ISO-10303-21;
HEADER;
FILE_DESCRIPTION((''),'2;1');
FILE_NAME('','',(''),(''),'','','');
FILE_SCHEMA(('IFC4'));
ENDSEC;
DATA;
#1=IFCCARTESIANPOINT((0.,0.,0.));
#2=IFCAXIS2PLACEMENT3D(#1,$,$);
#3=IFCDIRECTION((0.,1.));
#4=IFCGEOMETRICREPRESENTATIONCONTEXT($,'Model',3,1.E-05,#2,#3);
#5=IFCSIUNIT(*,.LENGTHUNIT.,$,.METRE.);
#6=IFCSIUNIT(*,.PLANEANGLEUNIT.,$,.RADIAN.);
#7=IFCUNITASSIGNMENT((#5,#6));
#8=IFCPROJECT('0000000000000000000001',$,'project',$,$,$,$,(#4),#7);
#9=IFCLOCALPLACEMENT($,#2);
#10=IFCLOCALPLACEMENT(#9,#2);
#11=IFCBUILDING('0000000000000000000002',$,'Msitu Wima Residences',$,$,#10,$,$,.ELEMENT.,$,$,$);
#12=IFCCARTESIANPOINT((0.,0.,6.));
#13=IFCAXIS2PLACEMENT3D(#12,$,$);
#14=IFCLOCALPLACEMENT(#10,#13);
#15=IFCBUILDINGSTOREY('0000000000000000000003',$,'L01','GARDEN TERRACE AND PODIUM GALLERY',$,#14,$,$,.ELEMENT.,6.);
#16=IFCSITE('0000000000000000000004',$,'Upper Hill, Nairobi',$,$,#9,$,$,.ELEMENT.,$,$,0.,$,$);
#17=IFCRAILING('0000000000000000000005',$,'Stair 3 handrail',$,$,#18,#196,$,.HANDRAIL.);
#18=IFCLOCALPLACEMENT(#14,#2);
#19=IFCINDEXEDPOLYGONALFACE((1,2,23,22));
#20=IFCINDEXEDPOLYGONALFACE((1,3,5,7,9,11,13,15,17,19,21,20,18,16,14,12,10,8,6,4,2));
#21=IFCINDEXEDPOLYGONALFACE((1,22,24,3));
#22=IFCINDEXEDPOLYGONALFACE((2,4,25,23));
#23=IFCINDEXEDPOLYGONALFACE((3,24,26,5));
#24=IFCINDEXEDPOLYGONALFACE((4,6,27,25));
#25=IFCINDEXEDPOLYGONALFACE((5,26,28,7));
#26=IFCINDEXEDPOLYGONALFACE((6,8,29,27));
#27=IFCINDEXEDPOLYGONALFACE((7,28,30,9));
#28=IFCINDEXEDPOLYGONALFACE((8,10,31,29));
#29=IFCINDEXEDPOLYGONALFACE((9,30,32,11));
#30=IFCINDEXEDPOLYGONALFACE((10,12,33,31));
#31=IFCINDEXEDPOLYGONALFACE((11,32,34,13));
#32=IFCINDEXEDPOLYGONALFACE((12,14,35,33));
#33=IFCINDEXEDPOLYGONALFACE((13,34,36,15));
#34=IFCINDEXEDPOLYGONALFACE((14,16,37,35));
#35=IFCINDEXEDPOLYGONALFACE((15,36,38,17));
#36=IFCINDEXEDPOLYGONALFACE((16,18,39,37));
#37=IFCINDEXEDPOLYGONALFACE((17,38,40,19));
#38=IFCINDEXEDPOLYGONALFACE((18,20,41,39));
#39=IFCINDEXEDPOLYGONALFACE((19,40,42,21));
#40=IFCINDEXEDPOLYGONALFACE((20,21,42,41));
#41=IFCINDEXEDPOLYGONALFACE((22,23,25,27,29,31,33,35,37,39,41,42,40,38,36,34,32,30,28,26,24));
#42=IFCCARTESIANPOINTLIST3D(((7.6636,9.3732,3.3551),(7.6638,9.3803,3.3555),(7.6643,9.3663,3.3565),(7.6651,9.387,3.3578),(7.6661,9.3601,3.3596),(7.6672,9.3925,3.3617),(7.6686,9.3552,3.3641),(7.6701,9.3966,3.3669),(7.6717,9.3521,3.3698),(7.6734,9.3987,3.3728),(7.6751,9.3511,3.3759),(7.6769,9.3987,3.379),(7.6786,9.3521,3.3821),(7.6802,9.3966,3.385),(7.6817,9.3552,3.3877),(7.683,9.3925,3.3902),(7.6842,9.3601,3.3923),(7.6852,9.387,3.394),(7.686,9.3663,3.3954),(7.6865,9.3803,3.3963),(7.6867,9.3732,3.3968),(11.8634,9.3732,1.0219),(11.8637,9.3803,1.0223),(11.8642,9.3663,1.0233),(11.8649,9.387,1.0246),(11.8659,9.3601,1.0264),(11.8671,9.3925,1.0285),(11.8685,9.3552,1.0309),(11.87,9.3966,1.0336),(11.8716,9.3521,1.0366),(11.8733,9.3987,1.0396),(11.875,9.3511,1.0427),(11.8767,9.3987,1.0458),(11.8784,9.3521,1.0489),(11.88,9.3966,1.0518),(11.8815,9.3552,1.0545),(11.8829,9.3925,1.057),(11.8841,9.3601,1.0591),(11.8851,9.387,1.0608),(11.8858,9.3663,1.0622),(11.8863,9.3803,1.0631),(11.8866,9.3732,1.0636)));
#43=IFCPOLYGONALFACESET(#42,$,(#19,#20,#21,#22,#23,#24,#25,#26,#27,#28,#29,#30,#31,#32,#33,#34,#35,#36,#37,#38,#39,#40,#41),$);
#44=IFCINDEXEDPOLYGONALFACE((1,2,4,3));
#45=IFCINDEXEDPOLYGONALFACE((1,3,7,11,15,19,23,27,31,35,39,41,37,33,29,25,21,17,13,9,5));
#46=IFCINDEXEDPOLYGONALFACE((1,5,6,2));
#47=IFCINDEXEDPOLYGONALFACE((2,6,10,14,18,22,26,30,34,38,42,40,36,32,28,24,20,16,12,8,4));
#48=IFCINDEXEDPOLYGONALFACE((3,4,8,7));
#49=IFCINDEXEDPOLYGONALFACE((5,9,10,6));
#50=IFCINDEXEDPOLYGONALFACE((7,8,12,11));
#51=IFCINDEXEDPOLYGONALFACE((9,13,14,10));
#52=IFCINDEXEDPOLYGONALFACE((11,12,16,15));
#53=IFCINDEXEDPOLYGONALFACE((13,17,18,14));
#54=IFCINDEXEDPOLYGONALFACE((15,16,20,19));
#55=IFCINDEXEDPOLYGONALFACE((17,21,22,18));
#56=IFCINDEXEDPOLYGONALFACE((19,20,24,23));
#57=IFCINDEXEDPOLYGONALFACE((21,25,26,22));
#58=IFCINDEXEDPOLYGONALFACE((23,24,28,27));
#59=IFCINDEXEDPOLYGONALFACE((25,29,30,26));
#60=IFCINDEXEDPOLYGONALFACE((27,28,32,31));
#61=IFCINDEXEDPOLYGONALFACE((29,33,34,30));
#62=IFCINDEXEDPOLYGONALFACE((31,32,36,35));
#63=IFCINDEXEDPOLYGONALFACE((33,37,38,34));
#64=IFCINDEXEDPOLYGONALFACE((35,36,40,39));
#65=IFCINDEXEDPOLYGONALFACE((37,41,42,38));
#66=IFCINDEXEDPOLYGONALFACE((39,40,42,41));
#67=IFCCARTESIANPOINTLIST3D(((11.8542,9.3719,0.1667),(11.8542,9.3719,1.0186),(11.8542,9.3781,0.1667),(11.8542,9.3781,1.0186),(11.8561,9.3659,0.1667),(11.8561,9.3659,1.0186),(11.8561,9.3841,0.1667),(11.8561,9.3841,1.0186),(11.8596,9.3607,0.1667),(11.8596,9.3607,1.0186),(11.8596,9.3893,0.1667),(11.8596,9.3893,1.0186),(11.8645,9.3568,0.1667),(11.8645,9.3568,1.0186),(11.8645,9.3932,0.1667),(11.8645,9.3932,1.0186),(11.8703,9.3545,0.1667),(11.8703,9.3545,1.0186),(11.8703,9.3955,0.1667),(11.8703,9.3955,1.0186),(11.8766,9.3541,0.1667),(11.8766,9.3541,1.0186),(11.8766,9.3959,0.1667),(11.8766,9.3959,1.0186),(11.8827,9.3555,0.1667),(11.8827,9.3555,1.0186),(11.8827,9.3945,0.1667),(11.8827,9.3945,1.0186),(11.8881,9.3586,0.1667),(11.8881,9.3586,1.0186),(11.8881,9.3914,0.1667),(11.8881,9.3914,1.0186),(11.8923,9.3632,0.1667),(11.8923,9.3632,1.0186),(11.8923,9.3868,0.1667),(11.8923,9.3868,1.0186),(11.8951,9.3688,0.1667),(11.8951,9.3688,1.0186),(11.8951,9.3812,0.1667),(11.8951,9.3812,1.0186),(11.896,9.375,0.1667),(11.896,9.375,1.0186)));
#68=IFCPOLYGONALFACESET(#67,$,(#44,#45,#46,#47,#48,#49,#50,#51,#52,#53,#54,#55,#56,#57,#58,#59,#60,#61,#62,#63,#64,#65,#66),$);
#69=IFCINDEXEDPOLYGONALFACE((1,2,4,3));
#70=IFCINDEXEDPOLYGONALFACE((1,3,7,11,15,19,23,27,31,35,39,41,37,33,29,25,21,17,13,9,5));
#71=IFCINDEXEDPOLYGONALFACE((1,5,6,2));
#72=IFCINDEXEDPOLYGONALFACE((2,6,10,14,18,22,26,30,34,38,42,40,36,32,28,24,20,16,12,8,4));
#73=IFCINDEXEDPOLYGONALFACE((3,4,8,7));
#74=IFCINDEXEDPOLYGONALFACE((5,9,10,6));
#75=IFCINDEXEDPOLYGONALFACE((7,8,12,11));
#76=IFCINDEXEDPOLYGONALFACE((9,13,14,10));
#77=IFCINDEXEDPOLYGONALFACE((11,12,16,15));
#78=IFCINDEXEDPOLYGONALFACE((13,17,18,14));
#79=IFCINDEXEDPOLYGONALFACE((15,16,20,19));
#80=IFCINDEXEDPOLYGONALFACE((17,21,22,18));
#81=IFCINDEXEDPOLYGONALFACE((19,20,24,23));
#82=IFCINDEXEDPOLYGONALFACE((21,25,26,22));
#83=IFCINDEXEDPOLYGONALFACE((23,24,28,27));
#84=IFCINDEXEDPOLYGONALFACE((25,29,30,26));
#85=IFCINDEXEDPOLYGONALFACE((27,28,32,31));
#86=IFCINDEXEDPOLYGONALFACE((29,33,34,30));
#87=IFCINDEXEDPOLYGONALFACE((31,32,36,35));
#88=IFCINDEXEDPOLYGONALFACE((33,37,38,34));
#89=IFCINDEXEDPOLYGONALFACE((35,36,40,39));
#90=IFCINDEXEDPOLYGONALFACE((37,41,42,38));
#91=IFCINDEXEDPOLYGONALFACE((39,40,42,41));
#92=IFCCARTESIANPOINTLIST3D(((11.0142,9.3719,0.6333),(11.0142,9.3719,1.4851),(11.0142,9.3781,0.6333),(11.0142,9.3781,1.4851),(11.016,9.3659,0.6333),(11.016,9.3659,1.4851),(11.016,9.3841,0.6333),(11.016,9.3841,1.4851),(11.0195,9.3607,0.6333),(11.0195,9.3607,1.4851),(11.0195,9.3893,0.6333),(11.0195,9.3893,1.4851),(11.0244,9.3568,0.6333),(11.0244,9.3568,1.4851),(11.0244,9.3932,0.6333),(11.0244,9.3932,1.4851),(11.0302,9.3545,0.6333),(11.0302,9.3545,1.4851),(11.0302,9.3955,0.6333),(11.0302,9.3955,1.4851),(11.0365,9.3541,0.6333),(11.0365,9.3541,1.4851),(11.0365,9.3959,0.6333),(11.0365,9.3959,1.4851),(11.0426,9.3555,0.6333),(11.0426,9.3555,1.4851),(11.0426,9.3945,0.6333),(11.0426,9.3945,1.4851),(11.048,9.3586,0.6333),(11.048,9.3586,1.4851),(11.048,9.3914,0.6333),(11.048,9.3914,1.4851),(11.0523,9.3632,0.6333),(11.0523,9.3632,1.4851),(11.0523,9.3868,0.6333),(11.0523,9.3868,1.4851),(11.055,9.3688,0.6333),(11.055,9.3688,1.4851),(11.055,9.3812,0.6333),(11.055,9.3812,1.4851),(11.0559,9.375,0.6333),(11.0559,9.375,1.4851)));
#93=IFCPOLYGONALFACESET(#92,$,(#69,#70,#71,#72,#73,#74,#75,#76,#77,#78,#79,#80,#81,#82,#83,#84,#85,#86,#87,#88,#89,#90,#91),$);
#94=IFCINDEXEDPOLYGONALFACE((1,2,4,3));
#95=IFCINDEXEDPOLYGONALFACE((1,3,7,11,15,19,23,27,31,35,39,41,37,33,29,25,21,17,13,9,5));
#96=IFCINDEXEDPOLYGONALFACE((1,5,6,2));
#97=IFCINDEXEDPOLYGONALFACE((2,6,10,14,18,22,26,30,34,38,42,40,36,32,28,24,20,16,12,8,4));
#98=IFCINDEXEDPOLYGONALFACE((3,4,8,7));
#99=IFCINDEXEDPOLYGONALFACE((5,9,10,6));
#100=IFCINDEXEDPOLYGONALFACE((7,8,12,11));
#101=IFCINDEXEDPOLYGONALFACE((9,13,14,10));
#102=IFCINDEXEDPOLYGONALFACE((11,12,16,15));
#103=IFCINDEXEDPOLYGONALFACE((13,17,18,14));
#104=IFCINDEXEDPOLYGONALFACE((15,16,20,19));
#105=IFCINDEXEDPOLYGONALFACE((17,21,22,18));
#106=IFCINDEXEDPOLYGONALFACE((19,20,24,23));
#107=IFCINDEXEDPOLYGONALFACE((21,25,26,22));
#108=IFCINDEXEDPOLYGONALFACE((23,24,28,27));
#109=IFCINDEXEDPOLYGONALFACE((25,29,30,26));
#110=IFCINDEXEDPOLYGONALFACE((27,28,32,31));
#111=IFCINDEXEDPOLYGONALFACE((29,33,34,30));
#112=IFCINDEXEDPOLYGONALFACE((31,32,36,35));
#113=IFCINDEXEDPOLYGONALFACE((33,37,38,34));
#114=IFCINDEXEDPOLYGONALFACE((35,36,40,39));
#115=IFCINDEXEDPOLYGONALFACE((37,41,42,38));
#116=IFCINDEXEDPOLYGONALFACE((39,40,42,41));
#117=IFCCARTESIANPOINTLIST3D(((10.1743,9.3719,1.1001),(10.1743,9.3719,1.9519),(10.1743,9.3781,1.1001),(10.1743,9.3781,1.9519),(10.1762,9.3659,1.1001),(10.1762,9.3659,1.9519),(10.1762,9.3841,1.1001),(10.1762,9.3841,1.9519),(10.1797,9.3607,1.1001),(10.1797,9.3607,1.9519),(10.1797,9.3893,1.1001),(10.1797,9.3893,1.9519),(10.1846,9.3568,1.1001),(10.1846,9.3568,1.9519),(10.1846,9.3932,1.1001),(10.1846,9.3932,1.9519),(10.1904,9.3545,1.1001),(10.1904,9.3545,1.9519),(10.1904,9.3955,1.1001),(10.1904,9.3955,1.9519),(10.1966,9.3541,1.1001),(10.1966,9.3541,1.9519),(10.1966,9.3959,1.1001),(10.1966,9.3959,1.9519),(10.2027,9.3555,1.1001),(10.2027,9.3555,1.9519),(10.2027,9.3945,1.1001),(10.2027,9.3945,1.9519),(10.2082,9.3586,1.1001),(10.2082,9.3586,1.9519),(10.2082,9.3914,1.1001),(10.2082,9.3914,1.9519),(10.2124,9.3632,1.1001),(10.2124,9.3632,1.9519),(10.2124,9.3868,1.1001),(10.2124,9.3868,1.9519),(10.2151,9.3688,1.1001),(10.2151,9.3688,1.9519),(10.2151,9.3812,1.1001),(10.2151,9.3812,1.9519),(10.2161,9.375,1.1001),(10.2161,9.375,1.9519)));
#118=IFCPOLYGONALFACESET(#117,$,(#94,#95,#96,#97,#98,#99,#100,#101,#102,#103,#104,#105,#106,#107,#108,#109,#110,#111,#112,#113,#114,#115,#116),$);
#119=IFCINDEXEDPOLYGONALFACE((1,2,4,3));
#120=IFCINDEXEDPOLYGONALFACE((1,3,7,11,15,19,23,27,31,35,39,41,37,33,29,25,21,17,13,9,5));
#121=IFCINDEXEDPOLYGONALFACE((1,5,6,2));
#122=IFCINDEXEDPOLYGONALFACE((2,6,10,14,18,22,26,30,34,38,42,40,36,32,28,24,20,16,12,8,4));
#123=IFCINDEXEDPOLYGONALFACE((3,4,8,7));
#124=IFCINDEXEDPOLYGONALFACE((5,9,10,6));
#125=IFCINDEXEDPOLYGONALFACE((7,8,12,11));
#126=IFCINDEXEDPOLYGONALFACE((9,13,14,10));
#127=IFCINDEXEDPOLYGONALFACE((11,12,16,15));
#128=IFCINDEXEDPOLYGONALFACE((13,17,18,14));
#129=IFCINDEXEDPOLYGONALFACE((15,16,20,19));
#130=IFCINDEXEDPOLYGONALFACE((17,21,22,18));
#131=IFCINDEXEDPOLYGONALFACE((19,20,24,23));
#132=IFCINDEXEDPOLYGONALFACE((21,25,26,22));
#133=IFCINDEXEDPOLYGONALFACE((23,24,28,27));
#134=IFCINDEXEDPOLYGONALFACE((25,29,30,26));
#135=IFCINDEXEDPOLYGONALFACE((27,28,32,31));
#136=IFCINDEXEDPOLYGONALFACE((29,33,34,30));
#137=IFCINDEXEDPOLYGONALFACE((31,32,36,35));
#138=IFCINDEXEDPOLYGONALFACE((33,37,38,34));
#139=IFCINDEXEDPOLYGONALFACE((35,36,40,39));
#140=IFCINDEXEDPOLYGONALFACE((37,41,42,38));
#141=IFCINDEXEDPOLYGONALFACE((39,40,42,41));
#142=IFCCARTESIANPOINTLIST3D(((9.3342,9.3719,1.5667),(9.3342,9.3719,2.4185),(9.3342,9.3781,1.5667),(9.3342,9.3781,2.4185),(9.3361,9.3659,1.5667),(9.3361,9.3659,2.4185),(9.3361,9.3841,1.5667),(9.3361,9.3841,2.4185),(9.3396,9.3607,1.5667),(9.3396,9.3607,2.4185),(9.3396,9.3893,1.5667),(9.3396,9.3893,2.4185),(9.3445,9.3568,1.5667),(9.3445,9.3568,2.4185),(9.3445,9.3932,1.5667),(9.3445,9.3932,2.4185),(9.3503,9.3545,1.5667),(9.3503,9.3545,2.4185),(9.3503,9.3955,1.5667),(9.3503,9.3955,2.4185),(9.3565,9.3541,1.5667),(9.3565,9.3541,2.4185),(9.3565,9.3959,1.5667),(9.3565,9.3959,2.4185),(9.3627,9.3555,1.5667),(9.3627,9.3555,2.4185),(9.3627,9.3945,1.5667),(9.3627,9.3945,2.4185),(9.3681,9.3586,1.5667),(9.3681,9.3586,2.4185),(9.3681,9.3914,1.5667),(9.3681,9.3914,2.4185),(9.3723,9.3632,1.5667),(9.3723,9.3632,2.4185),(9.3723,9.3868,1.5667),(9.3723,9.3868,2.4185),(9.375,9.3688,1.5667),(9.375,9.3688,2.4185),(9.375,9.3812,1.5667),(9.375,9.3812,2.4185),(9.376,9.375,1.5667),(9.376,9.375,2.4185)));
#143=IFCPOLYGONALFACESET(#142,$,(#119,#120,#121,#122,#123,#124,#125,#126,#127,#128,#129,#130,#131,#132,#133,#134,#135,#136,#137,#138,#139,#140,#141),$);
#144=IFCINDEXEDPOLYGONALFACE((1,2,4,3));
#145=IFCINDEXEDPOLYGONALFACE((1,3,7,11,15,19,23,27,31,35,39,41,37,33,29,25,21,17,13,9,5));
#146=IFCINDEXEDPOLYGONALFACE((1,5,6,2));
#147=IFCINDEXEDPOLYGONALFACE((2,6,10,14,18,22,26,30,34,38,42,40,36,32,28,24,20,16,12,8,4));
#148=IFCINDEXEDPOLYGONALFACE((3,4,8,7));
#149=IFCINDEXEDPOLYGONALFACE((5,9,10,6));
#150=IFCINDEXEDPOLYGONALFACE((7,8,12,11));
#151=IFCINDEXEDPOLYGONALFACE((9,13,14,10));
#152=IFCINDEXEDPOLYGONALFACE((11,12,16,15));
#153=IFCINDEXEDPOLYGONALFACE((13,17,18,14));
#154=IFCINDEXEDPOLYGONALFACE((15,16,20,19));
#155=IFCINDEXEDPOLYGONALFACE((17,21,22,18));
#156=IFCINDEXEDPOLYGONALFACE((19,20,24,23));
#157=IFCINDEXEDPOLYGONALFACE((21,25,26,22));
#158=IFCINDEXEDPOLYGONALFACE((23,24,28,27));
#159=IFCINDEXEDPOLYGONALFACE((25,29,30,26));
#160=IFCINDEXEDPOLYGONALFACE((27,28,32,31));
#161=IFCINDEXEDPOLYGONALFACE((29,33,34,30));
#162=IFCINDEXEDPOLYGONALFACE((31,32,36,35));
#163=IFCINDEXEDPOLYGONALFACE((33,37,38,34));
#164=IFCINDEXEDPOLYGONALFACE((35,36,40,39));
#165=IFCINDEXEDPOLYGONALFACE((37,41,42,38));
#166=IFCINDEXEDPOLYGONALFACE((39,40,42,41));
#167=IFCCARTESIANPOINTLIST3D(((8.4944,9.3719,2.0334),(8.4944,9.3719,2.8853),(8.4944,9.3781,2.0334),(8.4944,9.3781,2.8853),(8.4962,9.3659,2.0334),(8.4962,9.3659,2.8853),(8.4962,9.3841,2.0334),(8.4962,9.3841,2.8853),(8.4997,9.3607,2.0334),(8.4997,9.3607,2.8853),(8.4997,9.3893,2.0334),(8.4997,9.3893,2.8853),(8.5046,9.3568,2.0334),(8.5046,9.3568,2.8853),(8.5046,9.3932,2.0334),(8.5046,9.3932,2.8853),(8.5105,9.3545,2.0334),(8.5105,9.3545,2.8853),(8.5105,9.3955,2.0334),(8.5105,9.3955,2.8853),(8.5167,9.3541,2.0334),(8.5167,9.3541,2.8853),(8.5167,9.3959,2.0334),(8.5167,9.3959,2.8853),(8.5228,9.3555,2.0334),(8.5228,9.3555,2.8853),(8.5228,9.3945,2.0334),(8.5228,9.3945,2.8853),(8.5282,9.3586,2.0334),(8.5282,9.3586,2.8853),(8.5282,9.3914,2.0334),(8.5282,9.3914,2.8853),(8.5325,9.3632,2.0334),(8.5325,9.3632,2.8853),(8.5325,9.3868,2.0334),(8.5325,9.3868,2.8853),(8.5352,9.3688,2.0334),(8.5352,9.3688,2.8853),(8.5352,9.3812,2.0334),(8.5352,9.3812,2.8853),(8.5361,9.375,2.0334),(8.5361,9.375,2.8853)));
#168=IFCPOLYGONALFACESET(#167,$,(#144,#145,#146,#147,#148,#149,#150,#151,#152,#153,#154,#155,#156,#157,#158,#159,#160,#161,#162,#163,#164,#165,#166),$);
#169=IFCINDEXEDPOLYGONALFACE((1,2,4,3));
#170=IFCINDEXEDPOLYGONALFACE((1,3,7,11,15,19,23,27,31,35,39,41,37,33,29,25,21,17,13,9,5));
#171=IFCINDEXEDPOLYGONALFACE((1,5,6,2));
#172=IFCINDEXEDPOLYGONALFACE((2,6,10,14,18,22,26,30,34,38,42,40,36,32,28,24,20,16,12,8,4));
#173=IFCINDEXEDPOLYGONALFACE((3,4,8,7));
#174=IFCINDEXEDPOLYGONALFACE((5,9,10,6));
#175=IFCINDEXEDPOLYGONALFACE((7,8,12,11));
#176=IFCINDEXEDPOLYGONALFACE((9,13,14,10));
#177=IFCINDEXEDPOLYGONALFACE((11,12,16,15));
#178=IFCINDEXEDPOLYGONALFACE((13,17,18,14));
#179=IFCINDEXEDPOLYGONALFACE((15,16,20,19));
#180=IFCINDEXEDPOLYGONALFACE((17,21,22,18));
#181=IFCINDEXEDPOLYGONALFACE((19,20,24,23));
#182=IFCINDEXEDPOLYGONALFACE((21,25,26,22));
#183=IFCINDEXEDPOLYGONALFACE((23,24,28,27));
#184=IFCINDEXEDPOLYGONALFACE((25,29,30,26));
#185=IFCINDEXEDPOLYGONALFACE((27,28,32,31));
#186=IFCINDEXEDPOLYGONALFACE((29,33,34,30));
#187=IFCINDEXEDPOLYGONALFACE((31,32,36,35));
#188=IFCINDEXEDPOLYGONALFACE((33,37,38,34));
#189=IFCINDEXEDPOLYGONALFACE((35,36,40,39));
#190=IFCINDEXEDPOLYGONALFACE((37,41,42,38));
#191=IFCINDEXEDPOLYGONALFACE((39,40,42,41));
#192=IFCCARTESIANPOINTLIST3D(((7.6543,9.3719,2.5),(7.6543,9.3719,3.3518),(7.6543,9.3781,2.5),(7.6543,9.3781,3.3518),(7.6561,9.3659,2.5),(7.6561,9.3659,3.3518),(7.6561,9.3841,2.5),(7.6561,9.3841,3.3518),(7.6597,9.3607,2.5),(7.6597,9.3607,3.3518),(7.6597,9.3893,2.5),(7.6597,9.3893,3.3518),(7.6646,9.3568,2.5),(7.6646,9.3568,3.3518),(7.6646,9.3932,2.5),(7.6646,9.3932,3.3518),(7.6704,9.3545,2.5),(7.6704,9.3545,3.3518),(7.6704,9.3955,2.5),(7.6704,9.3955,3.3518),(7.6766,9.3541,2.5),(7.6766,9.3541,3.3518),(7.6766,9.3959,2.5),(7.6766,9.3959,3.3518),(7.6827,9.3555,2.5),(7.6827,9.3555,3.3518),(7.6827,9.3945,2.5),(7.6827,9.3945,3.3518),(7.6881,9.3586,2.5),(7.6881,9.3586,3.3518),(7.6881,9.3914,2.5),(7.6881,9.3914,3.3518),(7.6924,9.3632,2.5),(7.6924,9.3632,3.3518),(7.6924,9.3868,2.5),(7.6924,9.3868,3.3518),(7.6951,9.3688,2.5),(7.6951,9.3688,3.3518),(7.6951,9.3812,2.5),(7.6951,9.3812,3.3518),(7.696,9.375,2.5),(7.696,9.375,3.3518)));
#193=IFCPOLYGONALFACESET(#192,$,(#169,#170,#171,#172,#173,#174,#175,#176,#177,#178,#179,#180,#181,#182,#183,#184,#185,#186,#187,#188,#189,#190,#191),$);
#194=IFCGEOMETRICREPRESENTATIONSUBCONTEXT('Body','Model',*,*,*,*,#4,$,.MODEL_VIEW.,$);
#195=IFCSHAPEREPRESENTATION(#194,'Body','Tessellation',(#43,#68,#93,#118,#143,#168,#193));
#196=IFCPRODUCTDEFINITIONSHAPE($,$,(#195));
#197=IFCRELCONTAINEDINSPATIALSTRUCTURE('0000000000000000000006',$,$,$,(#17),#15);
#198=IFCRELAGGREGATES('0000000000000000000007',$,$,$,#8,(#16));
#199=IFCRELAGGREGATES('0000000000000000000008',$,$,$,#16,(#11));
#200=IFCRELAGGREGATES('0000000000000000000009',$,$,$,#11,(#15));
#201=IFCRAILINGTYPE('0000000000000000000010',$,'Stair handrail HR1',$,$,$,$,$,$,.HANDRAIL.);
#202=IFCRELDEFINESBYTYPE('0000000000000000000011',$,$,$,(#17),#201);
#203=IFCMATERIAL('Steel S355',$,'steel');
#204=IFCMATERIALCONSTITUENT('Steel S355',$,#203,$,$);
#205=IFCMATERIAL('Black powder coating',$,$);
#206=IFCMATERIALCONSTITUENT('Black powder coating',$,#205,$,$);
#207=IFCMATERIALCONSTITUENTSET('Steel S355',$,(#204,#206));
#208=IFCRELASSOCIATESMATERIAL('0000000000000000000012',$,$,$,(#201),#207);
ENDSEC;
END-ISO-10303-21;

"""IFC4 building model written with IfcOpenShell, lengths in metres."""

from ifc_helpers import new_model, si_unit, direction, frame, origin, origin_2d, place, context, subcontext, project, spatial, circle, extrude, material, constituent, constituent_set, type_object, element, save


model = new_model("IFC4")

# Units and contexts
model_context = context("Model", 3, precision=1e-05, world=origin(), true_north=direction((0.0, 1.0)))
body_context = subcontext(model_context, "Body", "Model", "MODEL_VIEW")
ifc_project = project(units=[si_unit("LENGTHUNIT", "METRE"), si_unit("PLANEANGLEUNIT", "RADIAN")], contexts=[model_context])

# Site, building, storey
site_placement = place(None, origin())
site = spatial("IfcSite", under=ifc_project, at=site_placement, Name="Upper Hill, Nairobi", CompositionType="ELEMENT", RefElevation=0.0)
building_placement = place(site_placement, origin())
building = spatial("IfcBuilding", under=site, at=building_placement, Name="Msitu Wima Residences", CompositionType="ELEMENT")
storey_placement = place(building_placement, frame((0.0, 0.0, 6.0)))
storey = spatial("IfcBuildingStorey", under=building, at=storey_placement, Name="L01", Description="GARDEN TERRACE AND PODIUM GALLERY", CompositionType="ELEMENT", Elevation=6.0)

# Railing
ifc_material_1 = material(Name="Steel S355", Category="steel")
ifc_constituent_1 = constituent(ifc_material_1, Name="Steel S355")
ifc_material_2 = material(Name="Black powder coating")
ifc_constituent_2 = constituent(ifc_material_2, Name="Black powder coating")
ifc_constituent_set = constituent_set(constituents=[ifc_constituent_1, ifc_constituent_2], Name="Steel S355")
railing_type = type_object("IfcRailingType", Name="Stair handrail HR1", PredefinedType="HANDRAIL", material=ifc_constituent_set)
for number, where, name in (
    (1, (11.875, 9.375, 0.1667), "Stair 3 handrail"),
):
    element("IfcRailing", number, at=place(storey_placement, frame(where)), inside=storey, type_object=railing_type, Name=name, PredefinedType="HANDRAIL", context=body_context, shape_type="SweptSolid", body=[
        extrude(circle(Radius=0.0239, at=origin_2d()), frame((0.0, 0.0, 0.876), z_axis=(-0.874162, 0.0, 0.485634), x_axis=(0.0, -1.0, 0.0)), (0.0, 0.0, 1.0), 4.8044),
        extrude(circle(Radius=0.021, at=origin_2d()), origin(), (0.0, 0.0, 1.0), 0.8518),
        extrude(circle(Radius=0.021, at=origin_2d()), frame((-0.8401, 0.0, 0.4666)), (0.0, 0.0, 1.0), 0.8518),
        extrude(circle(Radius=0.021, at=origin_2d()), frame((-1.6799, 0.0, 0.9333)), (0.0, 0.0, 1.0), 0.8518),
        extrude(circle(Radius=0.021, at=origin_2d()), frame((-2.52, 0.0, 1.3999)), (0.0, 0.0, 1.0), 0.8518),
        extrude(circle(Radius=0.021, at=origin_2d()), frame((-3.3599, 0.0, 1.8667)), (0.0, 0.0, 1.0), 0.8518),
        extrude(circle(Radius=0.021, at=origin_2d()), frame((-4.2, 0.0, 2.3333)), (0.0, 0.0, 1.0), 0.8518),
    ])

save(model, "model.ifc")
